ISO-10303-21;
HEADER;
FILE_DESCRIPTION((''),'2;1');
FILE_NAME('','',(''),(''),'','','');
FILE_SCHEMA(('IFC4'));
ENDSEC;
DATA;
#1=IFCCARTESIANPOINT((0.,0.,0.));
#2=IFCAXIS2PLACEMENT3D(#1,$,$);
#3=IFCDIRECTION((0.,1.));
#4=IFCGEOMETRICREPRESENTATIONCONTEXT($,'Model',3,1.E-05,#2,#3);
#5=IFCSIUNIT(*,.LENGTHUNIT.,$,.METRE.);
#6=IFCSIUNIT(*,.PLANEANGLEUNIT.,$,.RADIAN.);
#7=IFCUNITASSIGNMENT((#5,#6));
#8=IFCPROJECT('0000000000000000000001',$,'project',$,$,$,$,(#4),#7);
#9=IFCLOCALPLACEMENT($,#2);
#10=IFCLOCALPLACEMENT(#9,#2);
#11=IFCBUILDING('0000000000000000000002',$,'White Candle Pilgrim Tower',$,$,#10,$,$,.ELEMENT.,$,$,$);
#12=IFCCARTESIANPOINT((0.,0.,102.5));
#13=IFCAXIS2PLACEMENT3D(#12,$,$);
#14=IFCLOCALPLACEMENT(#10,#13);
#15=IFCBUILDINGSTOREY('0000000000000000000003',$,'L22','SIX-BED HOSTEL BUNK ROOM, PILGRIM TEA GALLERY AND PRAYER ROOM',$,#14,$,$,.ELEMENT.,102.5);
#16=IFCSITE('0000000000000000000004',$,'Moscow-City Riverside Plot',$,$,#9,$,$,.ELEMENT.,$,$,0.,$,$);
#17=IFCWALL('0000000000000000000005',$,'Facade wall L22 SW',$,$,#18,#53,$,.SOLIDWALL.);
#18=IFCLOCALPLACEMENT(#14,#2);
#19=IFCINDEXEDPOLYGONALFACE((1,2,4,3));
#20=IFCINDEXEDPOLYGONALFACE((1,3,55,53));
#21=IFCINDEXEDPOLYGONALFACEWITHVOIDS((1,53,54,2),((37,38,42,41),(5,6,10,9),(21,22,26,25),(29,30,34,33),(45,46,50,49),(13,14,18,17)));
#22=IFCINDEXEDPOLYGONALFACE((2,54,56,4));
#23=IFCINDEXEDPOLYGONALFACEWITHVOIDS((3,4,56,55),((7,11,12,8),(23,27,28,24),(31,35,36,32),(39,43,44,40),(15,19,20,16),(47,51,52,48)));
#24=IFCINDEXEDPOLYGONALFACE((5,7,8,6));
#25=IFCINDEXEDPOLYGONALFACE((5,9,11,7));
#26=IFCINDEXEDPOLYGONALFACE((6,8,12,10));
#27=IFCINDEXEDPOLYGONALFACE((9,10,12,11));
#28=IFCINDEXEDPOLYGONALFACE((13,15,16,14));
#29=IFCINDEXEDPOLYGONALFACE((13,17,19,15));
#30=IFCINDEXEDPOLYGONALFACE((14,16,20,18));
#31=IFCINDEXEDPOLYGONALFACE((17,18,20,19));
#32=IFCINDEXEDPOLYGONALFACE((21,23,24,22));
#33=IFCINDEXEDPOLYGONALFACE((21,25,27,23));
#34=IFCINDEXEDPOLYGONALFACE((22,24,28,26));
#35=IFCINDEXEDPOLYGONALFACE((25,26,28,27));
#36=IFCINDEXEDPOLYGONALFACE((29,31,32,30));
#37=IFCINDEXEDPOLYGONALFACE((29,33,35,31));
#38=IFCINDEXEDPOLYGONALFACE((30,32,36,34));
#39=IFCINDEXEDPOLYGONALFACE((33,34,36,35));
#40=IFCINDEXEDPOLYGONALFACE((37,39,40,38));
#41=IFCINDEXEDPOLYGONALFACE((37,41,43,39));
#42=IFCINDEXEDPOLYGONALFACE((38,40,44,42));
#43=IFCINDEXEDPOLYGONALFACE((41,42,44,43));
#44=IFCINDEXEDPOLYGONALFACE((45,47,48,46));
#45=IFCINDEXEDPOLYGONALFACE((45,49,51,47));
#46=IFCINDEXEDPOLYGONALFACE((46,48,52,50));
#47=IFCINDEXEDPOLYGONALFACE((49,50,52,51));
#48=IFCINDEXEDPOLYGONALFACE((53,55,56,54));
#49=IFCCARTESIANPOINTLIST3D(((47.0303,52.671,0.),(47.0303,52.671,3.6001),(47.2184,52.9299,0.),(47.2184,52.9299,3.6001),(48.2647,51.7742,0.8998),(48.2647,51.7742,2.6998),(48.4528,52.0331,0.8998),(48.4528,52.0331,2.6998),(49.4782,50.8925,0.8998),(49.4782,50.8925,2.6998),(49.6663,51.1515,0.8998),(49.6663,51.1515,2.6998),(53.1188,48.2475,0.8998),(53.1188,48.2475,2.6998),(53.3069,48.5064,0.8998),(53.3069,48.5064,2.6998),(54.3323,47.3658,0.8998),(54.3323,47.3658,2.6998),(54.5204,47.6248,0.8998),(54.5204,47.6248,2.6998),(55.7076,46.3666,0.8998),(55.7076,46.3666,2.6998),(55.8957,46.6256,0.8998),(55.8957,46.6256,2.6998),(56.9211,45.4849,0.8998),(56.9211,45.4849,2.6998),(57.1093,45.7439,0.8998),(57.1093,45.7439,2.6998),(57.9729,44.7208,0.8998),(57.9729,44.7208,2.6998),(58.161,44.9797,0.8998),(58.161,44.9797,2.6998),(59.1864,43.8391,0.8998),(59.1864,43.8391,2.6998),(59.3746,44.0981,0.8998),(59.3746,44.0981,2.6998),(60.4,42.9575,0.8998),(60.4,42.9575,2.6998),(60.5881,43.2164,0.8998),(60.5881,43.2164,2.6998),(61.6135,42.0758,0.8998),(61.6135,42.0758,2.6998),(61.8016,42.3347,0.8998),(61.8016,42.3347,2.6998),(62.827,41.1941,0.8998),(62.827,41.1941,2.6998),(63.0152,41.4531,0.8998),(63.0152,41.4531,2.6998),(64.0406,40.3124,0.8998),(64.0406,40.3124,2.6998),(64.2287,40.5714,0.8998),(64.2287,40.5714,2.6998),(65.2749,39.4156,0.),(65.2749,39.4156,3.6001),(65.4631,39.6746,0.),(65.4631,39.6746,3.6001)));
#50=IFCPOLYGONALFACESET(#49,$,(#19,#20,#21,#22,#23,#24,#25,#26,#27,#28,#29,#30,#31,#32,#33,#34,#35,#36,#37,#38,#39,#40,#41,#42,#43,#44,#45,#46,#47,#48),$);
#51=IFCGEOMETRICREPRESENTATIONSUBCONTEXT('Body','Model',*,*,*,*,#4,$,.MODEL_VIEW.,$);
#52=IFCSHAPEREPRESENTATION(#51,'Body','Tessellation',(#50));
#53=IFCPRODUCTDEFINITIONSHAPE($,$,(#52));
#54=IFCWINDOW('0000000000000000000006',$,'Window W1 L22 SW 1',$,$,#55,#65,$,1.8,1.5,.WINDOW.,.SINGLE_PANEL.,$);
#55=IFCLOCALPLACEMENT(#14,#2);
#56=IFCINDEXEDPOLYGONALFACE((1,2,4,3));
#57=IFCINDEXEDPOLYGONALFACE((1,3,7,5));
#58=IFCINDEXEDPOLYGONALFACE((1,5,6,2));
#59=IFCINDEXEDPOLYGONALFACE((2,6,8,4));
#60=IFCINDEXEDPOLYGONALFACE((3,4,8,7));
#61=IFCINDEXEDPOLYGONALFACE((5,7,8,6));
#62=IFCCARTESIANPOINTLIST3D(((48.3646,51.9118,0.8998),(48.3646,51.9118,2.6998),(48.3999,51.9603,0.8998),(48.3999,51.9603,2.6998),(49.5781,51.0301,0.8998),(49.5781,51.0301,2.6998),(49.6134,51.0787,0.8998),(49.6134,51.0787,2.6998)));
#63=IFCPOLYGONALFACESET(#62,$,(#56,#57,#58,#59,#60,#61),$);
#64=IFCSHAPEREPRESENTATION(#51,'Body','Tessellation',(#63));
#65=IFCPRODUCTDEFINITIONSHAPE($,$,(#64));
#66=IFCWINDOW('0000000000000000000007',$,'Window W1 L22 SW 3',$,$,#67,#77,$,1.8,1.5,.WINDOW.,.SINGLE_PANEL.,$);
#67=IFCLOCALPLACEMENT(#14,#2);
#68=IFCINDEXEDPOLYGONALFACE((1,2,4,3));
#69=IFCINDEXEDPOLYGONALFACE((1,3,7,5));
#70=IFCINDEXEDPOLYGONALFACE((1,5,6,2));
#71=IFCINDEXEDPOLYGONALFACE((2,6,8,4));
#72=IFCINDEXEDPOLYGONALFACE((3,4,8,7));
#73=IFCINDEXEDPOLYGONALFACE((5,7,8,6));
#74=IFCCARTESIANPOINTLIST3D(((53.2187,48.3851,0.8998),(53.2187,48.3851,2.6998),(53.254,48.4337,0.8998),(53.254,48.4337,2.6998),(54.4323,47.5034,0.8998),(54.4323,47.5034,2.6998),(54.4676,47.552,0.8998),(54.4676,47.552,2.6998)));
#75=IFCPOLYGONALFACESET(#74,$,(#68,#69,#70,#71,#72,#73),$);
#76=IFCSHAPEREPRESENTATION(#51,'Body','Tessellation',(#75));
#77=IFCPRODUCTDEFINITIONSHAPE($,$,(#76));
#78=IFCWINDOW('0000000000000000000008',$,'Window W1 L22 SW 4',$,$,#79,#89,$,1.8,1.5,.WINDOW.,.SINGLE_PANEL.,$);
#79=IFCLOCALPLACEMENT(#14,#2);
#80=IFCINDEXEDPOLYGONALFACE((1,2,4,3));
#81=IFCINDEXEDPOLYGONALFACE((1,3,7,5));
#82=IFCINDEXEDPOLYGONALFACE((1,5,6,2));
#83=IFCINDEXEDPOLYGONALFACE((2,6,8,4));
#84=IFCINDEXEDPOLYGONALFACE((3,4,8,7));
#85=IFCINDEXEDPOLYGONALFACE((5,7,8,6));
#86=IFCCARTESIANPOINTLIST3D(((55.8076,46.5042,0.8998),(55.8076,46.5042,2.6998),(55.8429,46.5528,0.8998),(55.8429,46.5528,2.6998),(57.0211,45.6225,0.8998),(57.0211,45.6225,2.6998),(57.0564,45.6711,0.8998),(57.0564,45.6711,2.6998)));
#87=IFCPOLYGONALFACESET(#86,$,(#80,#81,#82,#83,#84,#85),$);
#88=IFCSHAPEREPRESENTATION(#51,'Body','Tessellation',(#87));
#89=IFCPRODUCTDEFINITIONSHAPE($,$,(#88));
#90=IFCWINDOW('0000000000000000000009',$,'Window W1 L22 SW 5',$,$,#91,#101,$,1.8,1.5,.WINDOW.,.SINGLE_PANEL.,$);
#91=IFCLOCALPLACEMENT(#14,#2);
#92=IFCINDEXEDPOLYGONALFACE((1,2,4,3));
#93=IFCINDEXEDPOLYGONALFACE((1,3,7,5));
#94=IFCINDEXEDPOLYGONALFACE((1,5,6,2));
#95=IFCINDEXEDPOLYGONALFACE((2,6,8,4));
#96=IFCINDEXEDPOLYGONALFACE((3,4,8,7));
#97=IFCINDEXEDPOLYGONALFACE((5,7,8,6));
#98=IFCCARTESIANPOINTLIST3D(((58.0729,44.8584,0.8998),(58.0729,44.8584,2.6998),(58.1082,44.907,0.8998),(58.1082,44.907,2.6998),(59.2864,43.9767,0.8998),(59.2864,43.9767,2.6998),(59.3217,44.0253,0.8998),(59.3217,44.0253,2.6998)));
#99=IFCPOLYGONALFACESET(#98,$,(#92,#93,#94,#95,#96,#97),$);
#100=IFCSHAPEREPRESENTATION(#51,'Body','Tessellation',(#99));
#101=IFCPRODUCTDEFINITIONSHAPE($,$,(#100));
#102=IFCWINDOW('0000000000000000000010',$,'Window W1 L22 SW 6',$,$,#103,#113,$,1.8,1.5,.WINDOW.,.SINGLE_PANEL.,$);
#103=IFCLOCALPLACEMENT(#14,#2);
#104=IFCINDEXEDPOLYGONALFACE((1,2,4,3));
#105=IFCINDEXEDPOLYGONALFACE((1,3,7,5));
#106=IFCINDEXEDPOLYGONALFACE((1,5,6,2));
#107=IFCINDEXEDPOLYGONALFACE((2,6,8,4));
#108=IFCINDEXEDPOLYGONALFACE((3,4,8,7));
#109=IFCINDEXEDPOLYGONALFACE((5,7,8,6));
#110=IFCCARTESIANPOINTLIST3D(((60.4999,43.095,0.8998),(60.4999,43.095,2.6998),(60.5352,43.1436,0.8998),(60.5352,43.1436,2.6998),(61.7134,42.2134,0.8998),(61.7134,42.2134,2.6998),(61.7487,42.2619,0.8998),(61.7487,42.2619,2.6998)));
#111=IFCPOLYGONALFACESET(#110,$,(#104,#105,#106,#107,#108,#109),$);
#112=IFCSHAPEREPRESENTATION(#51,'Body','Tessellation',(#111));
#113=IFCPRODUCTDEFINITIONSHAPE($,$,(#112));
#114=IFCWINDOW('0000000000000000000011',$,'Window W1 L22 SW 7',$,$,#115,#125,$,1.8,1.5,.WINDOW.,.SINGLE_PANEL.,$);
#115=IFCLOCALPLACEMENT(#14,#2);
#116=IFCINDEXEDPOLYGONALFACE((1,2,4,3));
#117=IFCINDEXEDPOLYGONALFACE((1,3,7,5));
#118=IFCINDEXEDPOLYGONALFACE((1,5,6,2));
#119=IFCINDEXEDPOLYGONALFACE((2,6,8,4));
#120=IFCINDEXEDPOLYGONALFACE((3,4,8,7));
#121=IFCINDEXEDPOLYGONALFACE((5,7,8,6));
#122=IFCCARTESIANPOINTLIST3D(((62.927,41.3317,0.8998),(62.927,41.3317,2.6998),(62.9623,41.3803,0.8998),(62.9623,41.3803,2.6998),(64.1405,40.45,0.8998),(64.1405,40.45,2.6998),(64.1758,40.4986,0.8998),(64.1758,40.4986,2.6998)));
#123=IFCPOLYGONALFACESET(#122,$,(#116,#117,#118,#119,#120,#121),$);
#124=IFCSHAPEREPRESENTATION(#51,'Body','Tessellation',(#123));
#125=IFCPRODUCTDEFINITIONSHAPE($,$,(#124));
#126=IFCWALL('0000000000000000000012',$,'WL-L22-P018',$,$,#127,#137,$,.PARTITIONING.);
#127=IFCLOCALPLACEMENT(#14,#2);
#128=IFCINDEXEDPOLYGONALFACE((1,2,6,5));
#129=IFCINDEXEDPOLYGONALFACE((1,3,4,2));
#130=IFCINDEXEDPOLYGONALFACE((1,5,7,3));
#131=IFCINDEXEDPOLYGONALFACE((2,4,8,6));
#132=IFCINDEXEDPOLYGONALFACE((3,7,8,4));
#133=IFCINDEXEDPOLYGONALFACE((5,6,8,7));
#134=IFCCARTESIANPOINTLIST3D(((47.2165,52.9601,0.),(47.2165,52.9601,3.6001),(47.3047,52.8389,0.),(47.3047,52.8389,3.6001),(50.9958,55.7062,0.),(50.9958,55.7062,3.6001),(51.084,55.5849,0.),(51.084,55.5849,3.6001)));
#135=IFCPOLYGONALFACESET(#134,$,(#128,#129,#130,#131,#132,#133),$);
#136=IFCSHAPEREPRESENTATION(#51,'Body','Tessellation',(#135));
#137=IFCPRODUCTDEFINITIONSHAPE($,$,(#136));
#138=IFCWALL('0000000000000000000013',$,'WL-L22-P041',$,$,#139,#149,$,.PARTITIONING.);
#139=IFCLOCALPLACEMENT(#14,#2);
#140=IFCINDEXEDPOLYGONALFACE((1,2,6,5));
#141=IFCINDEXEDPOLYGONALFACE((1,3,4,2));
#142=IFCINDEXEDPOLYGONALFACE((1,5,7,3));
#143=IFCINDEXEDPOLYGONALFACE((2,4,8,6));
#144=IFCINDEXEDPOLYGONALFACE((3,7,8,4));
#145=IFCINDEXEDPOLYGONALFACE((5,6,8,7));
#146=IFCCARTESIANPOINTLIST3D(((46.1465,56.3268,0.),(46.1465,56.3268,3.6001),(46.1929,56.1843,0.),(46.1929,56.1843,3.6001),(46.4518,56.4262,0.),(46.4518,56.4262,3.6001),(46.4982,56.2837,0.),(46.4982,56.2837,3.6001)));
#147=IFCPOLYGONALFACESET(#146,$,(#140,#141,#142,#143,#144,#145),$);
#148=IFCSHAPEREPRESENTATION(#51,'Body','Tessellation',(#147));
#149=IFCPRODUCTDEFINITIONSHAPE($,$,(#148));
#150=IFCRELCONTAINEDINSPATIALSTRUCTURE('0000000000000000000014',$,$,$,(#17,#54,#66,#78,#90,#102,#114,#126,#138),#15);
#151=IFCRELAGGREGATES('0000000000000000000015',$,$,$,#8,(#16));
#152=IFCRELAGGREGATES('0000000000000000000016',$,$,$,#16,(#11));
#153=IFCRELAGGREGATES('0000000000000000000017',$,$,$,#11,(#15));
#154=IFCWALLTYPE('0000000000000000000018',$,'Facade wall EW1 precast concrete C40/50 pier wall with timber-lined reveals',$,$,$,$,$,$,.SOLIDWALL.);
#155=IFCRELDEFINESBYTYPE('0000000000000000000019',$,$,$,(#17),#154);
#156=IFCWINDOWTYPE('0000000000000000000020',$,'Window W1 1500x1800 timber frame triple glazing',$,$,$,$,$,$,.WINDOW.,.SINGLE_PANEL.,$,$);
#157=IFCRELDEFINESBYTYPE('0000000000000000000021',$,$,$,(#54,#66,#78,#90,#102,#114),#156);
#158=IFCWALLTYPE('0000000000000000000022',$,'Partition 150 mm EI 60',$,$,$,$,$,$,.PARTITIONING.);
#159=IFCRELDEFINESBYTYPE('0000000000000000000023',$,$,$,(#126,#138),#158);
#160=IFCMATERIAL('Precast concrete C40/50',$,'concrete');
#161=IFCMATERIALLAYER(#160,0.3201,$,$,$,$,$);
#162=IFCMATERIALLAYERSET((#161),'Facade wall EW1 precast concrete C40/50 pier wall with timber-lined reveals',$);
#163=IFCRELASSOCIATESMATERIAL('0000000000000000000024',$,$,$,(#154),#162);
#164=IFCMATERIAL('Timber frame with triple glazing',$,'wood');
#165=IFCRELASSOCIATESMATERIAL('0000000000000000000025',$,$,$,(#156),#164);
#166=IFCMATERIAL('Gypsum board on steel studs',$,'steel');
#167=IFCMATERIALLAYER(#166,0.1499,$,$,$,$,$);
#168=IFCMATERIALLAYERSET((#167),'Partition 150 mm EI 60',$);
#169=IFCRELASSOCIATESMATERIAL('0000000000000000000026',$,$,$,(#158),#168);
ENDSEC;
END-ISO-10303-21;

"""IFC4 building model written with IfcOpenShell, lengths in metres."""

from ifc_helpers import new_model, si_unit, direction, frame, frame_2d, origin, place, context, subcontext, project, spatial, rectangle, extrude, material, layer, layer_set, type_object, element, fill, save


model = new_model("IFC4")

# Units and contexts
model_context = context("Model", 3, precision=1e-05, world=origin(), true_north=direction((0.0, 1.0)))
body_context = subcontext(model_context, "Body", "Model", "MODEL_VIEW")
ifc_project = project(units=[si_unit("LENGTHUNIT", "METRE"), si_unit("PLANEANGLEUNIT", "RADIAN")], contexts=[model_context])

# Site, building, storey
site_placement = place(None, origin())
site = spatial("IfcSite", under=ifc_project, at=site_placement, Name="Moscow-City Riverside Plot", CompositionType="ELEMENT", RefElevation=0.0)
building_placement = place(site_placement, origin())
building = spatial("IfcBuilding", under=site, at=building_placement, Name="White Candle Pilgrim Tower", CompositionType="ELEMENT")
storey_placement = place(building_placement, frame((0.0, 0.0, 102.5)))
storey = spatial("IfcBuildingStorey", under=building, at=storey_placement, Name="L22", Description="SIX-BED HOSTEL BUNK ROOM, PILGRIM TEA GALLERY AND PRAYER ROOM", CompositionType="ELEMENT", Elevation=102.5)

# Shared definitions
ifc_material_1 = material(Name="Gypsum board on steel studs", Category="steel")

# Wall, openings, windows
ifc_material_2 = material(Name="Precast concrete C40/50", Category="concrete")
ifc_layer_1 = layer(ifc_material_2, 0.3201)
ifc_layer_set_1 = layer_set([ifc_layer_1], Name="Facade wall EW1 precast concrete C40/50 pier wall with timber-lined reveals")
wall_type_1 = type_object("IfcWallType", Name="Facade wall EW1 precast concrete C40/50 pier wall with timber-lined reveals", PredefinedType="SOLIDWALL", material=ifc_layer_set_1)
wall_1_placement = place(storey_placement, frame((47.1243, 52.8005, 0.0), z_axis=(0.0, 0.0, 1.0), x_axis=(0.80902, -0.587782, 0.0)))
wall_1 = element("IfcWall", 1, at=wall_1_placement, inside=storey, type_object=wall_type_1, Name="Facade wall L22 SW", PredefinedType="SOLIDWALL", context=body_context, shape_type="SweptSolid", body=[
    extrude(rectangle(XDim=22.5515, YDim=0.3201, at=frame_2d((11.2759, 0.0))), origin(), (0.0, 0.0, 1.0), 3.6001),
])
opening_1_placement = place(wall_1_placement, frame((1.5259, 0.0, 0.8999)))
opening_1 = element("IfcOpeningElement", 2, at=opening_1_placement, cuts=wall_1, PredefinedType="OPENING", context=body_context, shape_type="SweptSolid", body=[
    extrude(rectangle(XDim=1.5, YDim=1.8, at=frame_2d((0.75, 0.8999))), frame((0.0, 0.1699, 0.0), z_axis=(0.0, -1.0, 0.0), x_axis=(1.0, 0.0, 0.0)), (0.0, 0.0, 1.0), 0.3401),
])
opening_2_placement = place(wall_1_placement, frame((7.5259, 0.0, 0.8999)))
opening_2 = element("IfcOpeningElement", 3, at=opening_2_placement, cuts=wall_1, PredefinedType="OPENING", context=body_context, shape_type="SweptSolid", body=[
    extrude(rectangle(XDim=1.5, YDim=1.8, at=frame_2d((0.75, 0.8999))), frame((0.0, 0.1699, 0.0), z_axis=(0.0, -1.0, 0.0), x_axis=(1.0, 0.0, 0.0)), (0.0, 0.0, 1.0), 0.3401),
])
opening_3_placement = place(wall_1_placement, frame((10.7258, 0.0, 0.8999)))
opening_3 = element("IfcOpeningElement", 4, at=opening_3_placement, cuts=wall_1, PredefinedType="OPENING", context=body_context, shape_type="SweptSolid", body=[
    extrude(rectangle(XDim=1.5, YDim=1.8, at=frame_2d((0.75, 0.8999))), frame((0.0, 0.1699, 0.0), z_axis=(0.0, -1.0, 0.0), x_axis=(1.0, 0.0, 0.0)), (0.0, 0.0, 1.0), 0.3401),
])
opening_4_placement = place(wall_1_placement, frame((13.5259, 0.0, 0.8999)))
opening_4 = element("IfcOpeningElement", 5, at=opening_4_placement, cuts=wall_1, PredefinedType="OPENING", context=body_context, shape_type="SweptSolid", body=[
    extrude(rectangle(XDim=1.5, YDim=1.8, at=frame_2d((0.75, 0.8999))), frame((0.0, 0.1699, 0.0), z_axis=(0.0, -1.0, 0.0), x_axis=(1.0, 0.0, 0.0)), (0.0, 0.0, 1.0), 0.3401),
])
opening_5_placement = place(wall_1_placement, frame((16.5259, 0.0, 0.8999)))
opening_5 = element("IfcOpeningElement", 6, at=opening_5_placement, cuts=wall_1, PredefinedType="OPENING", context=body_context, shape_type="SweptSolid", body=[
    extrude(rectangle(XDim=1.5, YDim=1.8, at=frame_2d((0.75, 0.8999))), frame((0.0, 0.1699, 0.0), z_axis=(0.0, -1.0, 0.0), x_axis=(1.0, 0.0, 0.0)), (0.0, 0.0, 1.0), 0.3401),
])
opening_6_placement = place(wall_1_placement, frame((19.5259, 0.0, 0.8999)))
opening_6 = element("IfcOpeningElement", 7, at=opening_6_placement, cuts=wall_1, PredefinedType="OPENING", context=body_context, shape_type="SweptSolid", body=[
    extrude(rectangle(XDim=1.5, YDim=1.8, at=frame_2d((0.75, 0.8999))), frame((0.0, 0.1699, 0.0), z_axis=(0.0, -1.0, 0.0), x_axis=(1.0, 0.0, 0.0)), (0.0, 0.0, 1.0), 0.3401),
])
ifc_material_3 = material(Name="Timber frame with triple glazing", Category="wood")
window_type = type_object("IfcWindowType", Name="Window W1 1500x1800 timber frame triple glazing", PartitioningType="SINGLE_PANEL", PredefinedType="WINDOW", material=ifc_material_3)
window_1_placement = place(opening_1_placement, origin())
window_1 = element("IfcWindow", 8, at=window_1_placement, inside=storey, type_object=window_type, Name="Window W1 L22 SW 1", OverallHeight=1.8, OverallWidth=1.5, PartitioningType="SINGLE_PANEL", PredefinedType="WINDOW", context=body_context, shape_type="SweptSolid", body=[
    extrude(rectangle(XDim=1.5, YDim=1.8, at=frame_2d((0.75, 0.8999))), frame((0.0, 0.0701, 0.0), z_axis=(0.0, -1.0, 0.0), x_axis=(1.0, 0.0, 0.0)), (0.0, 0.0, 1.0), 0.0601),
])
fill(opening_1, window_1)
window_2_placement = place(opening_2_placement, origin())
window_2 = element("IfcWindow", 9, at=window_2_placement, inside=storey, type_object=window_type, Name="Window W1 L22 SW 3", OverallHeight=1.8, OverallWidth=1.5, PartitioningType="SINGLE_PANEL", PredefinedType="WINDOW", context=body_context, shape_type="SweptSolid", body=[
    extrude(rectangle(XDim=1.5, YDim=1.8, at=frame_2d((0.75, 0.8999))), frame((0.0, 0.0701, 0.0), z_axis=(0.0, -1.0, 0.0), x_axis=(1.0, 0.0, 0.0)), (0.0, 0.0, 1.0), 0.0601),
])
fill(opening_2, window_2)
window_3_placement = place(opening_3_placement, origin())
window_3 = element("IfcWindow", 10, at=window_3_placement, inside=storey, type_object=window_type, Name="Window W1 L22 SW 4", OverallHeight=1.8, OverallWidth=1.5, PartitioningType="SINGLE_PANEL", PredefinedType="WINDOW", context=body_context, shape_type="SweptSolid", body=[
    extrude(rectangle(XDim=1.5, YDim=1.8, at=frame_2d((0.75, 0.8999))), frame((0.0, 0.0701, 0.0), z_axis=(0.0, -1.0, 0.0), x_axis=(1.0, 0.0, 0.0)), (0.0, 0.0, 1.0), 0.0601),
])
fill(opening_3, window_3)
window_4_placement = place(opening_4_placement, origin())
window_4 = element("IfcWindow", 11, at=window_4_placement, inside=storey, type_object=window_type, Name="Window W1 L22 SW 5", OverallHeight=1.8, OverallWidth=1.5, PartitioningType="SINGLE_PANEL", PredefinedType="WINDOW", context=body_context, shape_type="SweptSolid", body=[
    extrude(rectangle(XDim=1.5, YDim=1.8, at=frame_2d((0.75, 0.8999))), frame((0.0, 0.0701, 0.0), z_axis=(0.0, -1.0, 0.0), x_axis=(1.0, 0.0, 0.0)), (0.0, 0.0, 1.0), 0.0601),
])
fill(opening_4, window_4)
window_5_placement = place(opening_5_placement, origin())
window_5 = element("IfcWindow", 12, at=window_5_placement, inside=storey, type_object=window_type, Name="Window W1 L22 SW 6", OverallHeight=1.8, OverallWidth=1.5, PartitioningType="SINGLE_PANEL", PredefinedType="WINDOW", context=body_context, shape_type="SweptSolid", body=[
    extrude(rectangle(XDim=1.5, YDim=1.8, at=frame_2d((0.75, 0.8999))), frame((0.0, 0.0701, 0.0), z_axis=(0.0, -1.0, 0.0), x_axis=(1.0, 0.0, 0.0)), (0.0, 0.0, 1.0), 0.0601),
])
fill(opening_5, window_5)
window_6_placement = place(opening_6_placement, origin())
window_6 = element("IfcWindow", 13, at=window_6_placement, inside=storey, type_object=window_type, Name="Window W1 L22 SW 7", OverallHeight=1.8, OverallWidth=1.5, PartitioningType="SINGLE_PANEL", PredefinedType="WINDOW", context=body_context, shape_type="SweptSolid", body=[
    extrude(rectangle(XDim=1.5, YDim=1.8, at=frame_2d((0.75, 0.8999))), frame((0.0, 0.0701, 0.0), z_axis=(0.0, -1.0, 0.0), x_axis=(1.0, 0.0, 0.0)), (0.0, 0.0, 1.0), 0.0601),
])
fill(opening_6, window_6)

# Walls
ifc_layer_2 = layer(ifc_material_1, 0.1499)
ifc_layer_set_2 = layer_set([ifc_layer_2], Name="Partition 150 mm EI 60")
wall_type_2 = type_object("IfcWallType", Name="Partition 150 mm EI 60", PredefinedType="PARTITIONING", material=ifc_layer_set_2)
wall_2_placement = place(storey_placement, frame((47.2605, 52.8994, 0.0), z_axis=(0.0, 0.0, 1.0), x_axis=(0.808989, 0.587824, 0.0)))
element("IfcWall", 14, at=wall_2_placement, inside=storey, type_object=wall_type_2, Name="WL-L22-P018", PredefinedType="PARTITIONING", context=body_context, shape_type="SweptSolid", body=[
    extrude(rectangle(XDim=4.6716, YDim=0.1499, at=frame_2d((2.3359, 0.0))), origin(), (0.0, 0.0, 1.0), 3.6001),
])
wall_3_placement = place(storey_placement, frame((46.4751, 56.355, 0.0), z_axis=(0.0, 0.0, 1.0), x_axis=(-0.950866, -0.309602, 0.0)))
element("IfcWall", 15, at=wall_3_placement, inside=storey, type_object=wall_type_2, Name="WL-L22-P041", PredefinedType="PARTITIONING", context=body_context, shape_type="SweptSolid", body=[
    extrude(rectangle(XDim=0.321, YDim=0.1499, at=frame_2d((0.1606, 0.0))), origin(), (0.0, 0.0, 1.0), 3.6001),
])

save(model, "model.ifc")
